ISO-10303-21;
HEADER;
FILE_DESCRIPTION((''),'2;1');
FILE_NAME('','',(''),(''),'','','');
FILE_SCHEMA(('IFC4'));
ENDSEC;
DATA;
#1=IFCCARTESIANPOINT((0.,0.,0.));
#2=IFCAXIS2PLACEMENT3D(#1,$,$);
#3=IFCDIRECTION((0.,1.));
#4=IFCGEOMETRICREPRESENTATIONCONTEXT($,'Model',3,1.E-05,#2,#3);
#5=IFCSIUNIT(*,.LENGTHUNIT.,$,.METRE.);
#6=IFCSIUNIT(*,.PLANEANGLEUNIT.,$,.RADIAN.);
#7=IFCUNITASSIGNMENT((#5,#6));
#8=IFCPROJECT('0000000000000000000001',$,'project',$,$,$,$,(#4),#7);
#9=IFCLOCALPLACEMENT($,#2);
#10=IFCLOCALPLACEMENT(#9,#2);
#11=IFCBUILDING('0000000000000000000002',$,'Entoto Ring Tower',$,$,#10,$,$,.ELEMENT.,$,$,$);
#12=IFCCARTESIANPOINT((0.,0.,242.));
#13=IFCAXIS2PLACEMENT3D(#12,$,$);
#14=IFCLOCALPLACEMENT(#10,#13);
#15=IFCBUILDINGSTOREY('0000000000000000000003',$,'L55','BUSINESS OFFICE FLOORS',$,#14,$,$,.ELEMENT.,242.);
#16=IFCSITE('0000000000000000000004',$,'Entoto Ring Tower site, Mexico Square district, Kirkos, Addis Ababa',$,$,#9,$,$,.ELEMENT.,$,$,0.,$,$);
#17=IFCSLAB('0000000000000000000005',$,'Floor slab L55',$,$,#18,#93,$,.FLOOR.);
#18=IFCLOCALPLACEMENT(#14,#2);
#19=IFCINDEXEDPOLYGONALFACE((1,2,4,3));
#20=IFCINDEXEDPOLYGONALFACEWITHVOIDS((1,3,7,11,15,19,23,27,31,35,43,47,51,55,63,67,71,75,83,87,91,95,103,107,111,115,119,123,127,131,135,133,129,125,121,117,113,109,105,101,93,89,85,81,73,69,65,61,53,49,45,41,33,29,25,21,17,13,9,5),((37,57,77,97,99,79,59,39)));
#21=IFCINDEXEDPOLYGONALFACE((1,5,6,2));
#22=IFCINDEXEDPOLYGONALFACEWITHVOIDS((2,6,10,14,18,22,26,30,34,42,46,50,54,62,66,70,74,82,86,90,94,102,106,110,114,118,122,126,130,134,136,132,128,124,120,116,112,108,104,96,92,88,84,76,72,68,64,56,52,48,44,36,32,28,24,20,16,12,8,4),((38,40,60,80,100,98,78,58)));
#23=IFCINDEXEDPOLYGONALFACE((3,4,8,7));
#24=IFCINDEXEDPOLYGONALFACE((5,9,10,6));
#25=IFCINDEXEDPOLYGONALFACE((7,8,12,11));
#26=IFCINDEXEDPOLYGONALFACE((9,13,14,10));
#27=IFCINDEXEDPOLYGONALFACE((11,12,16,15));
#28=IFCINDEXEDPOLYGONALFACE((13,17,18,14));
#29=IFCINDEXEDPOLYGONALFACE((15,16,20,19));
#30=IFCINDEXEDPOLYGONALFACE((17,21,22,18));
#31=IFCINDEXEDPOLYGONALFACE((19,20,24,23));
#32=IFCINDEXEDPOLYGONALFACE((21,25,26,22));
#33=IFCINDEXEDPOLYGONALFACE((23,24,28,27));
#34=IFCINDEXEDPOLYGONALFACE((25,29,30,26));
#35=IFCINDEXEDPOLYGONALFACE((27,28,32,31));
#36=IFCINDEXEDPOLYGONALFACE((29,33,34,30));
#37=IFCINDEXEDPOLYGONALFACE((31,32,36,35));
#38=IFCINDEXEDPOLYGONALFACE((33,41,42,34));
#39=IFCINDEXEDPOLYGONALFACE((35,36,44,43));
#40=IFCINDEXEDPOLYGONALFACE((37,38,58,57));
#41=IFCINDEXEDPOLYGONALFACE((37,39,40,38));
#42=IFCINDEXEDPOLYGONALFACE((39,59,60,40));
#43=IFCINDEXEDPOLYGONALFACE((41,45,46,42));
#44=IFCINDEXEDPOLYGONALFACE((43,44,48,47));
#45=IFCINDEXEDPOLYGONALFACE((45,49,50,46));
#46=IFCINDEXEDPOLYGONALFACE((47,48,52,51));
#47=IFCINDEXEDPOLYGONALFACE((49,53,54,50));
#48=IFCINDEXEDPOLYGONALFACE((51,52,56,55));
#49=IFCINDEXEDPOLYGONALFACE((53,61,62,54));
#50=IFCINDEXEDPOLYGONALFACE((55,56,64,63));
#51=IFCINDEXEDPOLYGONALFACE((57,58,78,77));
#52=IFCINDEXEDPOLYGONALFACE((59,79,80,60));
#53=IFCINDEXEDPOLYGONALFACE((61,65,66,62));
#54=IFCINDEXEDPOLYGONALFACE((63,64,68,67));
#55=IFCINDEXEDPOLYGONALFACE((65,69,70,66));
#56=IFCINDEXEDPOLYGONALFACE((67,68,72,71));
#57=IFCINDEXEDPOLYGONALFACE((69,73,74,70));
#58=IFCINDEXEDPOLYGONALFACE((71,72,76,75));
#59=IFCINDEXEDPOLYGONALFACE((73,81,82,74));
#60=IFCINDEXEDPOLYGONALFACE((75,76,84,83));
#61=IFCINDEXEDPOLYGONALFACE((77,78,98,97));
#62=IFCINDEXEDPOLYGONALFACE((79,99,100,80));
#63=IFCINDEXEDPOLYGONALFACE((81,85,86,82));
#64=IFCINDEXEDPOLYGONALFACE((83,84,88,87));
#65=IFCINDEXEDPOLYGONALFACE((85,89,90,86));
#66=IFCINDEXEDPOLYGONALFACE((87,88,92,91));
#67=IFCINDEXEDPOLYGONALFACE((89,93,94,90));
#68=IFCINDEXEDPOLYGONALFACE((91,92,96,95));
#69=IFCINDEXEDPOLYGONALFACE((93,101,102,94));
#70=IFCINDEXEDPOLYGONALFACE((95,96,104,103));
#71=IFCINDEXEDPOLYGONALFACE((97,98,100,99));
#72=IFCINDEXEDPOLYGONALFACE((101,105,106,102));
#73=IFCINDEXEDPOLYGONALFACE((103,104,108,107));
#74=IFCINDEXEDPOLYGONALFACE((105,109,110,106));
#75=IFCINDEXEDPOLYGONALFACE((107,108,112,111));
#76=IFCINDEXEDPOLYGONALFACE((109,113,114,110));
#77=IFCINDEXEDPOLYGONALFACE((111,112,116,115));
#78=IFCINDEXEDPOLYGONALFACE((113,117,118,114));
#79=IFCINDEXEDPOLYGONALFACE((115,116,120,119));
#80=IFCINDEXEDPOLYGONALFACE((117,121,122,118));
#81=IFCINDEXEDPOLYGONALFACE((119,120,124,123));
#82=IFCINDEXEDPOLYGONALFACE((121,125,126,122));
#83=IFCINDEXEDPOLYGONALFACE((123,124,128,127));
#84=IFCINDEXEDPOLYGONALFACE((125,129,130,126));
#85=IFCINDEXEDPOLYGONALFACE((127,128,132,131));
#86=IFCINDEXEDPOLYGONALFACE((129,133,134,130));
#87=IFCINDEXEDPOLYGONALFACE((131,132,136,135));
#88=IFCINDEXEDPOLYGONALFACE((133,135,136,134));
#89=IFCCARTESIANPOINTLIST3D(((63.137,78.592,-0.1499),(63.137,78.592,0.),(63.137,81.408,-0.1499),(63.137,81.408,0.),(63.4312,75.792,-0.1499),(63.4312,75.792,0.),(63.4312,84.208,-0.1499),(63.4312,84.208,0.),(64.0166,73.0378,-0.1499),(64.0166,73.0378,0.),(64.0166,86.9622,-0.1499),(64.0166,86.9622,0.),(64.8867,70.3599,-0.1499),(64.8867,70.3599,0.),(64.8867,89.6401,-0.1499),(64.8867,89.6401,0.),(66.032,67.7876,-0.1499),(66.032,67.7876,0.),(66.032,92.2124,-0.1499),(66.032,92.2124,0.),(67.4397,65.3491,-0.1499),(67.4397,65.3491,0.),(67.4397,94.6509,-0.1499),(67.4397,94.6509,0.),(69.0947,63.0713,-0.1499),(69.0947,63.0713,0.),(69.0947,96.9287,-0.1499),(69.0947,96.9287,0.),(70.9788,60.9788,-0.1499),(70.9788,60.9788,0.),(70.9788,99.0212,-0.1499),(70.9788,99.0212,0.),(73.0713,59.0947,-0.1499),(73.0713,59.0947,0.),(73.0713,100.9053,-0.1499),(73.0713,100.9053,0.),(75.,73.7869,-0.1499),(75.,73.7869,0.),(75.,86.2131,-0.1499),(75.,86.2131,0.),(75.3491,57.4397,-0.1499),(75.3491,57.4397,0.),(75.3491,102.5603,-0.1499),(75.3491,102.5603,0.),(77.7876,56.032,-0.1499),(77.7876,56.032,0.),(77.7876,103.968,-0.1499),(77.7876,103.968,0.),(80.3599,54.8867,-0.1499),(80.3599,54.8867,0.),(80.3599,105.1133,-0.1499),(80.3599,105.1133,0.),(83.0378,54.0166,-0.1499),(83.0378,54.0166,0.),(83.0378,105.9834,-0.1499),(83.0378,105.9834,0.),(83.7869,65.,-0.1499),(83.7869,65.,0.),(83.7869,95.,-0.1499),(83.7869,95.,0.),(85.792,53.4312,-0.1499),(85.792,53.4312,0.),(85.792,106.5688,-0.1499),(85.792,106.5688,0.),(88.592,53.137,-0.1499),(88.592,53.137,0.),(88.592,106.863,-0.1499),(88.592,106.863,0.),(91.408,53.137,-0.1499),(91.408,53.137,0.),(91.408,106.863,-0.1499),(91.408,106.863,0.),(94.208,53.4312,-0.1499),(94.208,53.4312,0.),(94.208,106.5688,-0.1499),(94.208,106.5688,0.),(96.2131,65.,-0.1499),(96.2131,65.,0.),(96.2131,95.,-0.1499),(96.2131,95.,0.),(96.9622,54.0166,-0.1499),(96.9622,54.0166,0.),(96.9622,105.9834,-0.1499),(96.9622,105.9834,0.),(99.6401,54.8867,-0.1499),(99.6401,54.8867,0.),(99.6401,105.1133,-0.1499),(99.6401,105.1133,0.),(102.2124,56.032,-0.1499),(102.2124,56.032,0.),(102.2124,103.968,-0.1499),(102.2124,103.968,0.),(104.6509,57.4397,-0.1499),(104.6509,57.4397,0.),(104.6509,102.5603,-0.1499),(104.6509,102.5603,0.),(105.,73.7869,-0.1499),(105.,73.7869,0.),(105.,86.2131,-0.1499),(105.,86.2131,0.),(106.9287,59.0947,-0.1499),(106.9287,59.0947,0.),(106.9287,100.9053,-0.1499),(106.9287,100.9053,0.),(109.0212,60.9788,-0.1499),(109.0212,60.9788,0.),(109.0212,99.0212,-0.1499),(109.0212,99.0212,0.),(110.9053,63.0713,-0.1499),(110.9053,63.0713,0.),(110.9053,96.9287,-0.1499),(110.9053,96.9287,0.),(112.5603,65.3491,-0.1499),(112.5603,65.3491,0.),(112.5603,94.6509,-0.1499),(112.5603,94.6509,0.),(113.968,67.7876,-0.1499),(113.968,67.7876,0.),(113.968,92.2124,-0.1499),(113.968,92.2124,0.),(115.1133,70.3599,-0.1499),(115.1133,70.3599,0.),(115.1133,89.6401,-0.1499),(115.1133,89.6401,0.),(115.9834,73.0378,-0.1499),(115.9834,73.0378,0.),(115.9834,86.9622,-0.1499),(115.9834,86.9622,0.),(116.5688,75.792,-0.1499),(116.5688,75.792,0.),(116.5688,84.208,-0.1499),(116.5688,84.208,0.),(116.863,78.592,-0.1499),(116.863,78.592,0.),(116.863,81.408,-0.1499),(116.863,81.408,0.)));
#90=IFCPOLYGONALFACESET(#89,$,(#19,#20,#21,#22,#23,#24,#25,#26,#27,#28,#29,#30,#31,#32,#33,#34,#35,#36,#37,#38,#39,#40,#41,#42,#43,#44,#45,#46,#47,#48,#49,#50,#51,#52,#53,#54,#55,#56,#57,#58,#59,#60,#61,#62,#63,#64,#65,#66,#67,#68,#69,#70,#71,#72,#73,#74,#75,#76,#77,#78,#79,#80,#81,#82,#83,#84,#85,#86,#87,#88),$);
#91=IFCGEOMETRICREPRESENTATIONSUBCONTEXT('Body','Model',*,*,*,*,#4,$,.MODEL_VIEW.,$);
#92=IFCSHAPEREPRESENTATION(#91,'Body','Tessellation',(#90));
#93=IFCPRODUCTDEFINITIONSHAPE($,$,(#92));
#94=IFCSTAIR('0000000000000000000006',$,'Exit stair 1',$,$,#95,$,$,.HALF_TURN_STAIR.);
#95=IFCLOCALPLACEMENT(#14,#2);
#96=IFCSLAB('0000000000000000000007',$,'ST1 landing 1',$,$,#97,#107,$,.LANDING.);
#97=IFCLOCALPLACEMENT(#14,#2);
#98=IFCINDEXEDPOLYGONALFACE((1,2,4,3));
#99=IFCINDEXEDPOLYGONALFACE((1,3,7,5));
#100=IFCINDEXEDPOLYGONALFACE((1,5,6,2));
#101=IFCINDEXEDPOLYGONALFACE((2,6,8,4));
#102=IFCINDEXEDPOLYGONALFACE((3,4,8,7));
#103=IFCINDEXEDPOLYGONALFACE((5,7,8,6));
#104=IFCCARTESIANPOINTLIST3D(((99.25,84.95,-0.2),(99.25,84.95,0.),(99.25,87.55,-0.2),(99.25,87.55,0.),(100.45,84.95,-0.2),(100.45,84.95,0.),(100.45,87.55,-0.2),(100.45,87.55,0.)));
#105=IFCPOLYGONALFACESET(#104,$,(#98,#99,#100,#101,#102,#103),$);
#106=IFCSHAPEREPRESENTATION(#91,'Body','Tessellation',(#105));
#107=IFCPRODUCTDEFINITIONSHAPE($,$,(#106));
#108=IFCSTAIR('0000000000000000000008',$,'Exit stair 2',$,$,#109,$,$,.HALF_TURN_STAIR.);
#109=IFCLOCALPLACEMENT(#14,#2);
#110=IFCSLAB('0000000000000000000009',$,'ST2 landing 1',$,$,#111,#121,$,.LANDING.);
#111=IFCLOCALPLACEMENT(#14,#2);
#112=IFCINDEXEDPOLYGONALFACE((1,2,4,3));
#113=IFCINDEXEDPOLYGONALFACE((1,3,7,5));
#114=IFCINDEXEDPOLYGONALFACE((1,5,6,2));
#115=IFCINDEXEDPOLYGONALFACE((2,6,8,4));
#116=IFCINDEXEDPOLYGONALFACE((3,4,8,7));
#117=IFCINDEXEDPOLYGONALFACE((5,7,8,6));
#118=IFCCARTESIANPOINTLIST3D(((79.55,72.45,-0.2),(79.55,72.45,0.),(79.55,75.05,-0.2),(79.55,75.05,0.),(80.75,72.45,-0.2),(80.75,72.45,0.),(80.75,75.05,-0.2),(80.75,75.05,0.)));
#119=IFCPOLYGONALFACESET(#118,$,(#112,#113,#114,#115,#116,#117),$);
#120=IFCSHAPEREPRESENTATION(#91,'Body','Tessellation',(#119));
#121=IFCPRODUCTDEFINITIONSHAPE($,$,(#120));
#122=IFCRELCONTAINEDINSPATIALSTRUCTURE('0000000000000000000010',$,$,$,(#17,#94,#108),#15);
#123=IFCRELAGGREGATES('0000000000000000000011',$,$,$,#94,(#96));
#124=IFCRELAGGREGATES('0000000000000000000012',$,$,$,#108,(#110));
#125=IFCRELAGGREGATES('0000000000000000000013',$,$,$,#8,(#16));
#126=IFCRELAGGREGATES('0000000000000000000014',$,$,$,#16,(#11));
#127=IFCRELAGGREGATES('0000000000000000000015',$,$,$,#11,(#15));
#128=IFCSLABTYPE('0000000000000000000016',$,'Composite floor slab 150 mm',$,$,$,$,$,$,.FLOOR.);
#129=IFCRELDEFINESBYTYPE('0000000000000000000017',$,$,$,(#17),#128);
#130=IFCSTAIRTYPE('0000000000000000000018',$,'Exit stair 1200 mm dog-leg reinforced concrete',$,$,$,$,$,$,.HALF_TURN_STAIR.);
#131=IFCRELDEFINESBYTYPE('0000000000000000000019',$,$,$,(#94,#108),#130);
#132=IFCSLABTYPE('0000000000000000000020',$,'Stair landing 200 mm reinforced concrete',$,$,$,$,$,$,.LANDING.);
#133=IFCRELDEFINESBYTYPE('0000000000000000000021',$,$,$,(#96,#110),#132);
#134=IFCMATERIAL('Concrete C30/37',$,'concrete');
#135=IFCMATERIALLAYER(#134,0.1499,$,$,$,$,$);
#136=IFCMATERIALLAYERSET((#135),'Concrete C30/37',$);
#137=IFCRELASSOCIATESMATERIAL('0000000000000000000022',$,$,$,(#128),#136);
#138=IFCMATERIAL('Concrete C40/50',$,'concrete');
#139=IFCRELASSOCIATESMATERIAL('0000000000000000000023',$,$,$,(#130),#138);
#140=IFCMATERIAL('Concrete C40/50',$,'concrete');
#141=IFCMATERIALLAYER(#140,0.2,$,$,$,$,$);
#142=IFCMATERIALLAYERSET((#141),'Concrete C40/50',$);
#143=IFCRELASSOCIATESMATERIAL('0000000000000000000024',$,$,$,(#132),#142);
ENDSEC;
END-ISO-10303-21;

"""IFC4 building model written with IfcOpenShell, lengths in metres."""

from ifc_helpers import new_model, si_unit, direction, frame, origin, place, context, subcontext, project, spatial, polyline, outline, extrude, material, layer, layer_set, type_object, element, aggregate, save


model = new_model("IFC4")

# Units and contexts
model_context = context("Model", 3, precision=1e-05, world=origin(), true_north=direction((0.0, 1.0)))
body_context = subcontext(model_context, "Body", "Model", "MODEL_VIEW")
ifc_project = project(units=[si_unit("LENGTHUNIT", "METRE"), si_unit("PLANEANGLEUNIT", "RADIAN")], contexts=[model_context])

# Site, building, storey
site_placement = place(None, origin())
building_placement = place(site_placement, origin())
storey_placement = place(building_placement, frame((0.0, 0.0, 242.0)))
site = spatial("IfcSite", under=ifc_project, at=site_placement, Name="Entoto Ring Tower site, Mexico Square district, Kirkos, Addis Ababa", CompositionType="ELEMENT", RefElevation=0.0)
building = spatial("IfcBuilding", under=site, at=building_placement, Name="Entoto Ring Tower", CompositionType="ELEMENT")
storey = spatial("IfcBuildingStorey", under=building, at=storey_placement, Name="L55", Description="BUSINESS OFFICE FLOORS", CompositionType="ELEMENT", Elevation=242.0)

# Slab
ifc_material_1 = material(Name="Concrete C30/37", Category="concrete")
ifc_layer_1 = layer(ifc_material_1, 0.1499)
ifc_layer_set_1 = layer_set([ifc_layer_1], Name="Concrete C30/37")
slab_type_1 = type_object("IfcSlabType", Name="Composite floor slab 150 mm", PredefinedType="FLOOR", material=ifc_layer_set_1)
slab_1_placement = place(storey_placement, frame((0.0, 0.0, -0.1499)))
element("IfcSlab", 1, at=slab_1_placement, inside=storey, type_object=slab_type_1, Name="Floor slab L55", PredefinedType="FLOOR", context=body_context, shape_type="SweptSolid", body=[
    extrude(outline(polyline([(116.5688, 84.208), (115.9834, 86.9622), (115.1133, 89.6401), (113.968, 92.2124), (112.5603, 94.6509), (110.9053, 96.9287), (109.0212, 99.0212), (106.9287, 100.9053), (104.6509, 102.5603), (102.2124, 103.968), (99.6401, 105.1133), (96.9622, 105.9834), (94.208, 106.5688), (91.408, 106.863), (88.592, 106.863), (85.792, 106.5688), (83.0378, 105.9834), (80.3599, 105.1133), (77.7876, 103.968), (75.3491, 102.5603), (73.0713, 100.9053), (70.9788, 99.0212), (69.0947, 96.9287), (67.4397, 94.6509), (66.032, 92.2124), (64.8867, 89.6401), (64.0166, 86.9622), (63.4312, 84.208), (63.137, 81.408), (63.137, 78.592), (63.4312, 75.792), (64.0166, 73.0378), (64.8867, 70.3599), (66.032, 67.7876), (67.4397, 65.3491), (69.0947, 63.0713), (70.9788, 60.9788), (73.0713, 59.0947), (75.3491, 57.4397), (77.7876, 56.032), (80.3599, 54.8867), (83.0378, 54.0166), (85.792, 53.4312), (88.592, 53.137), (91.408, 53.137), (94.208, 53.4312), (96.9622, 54.0166), (99.6401, 54.8867), (102.2124, 56.032), (104.6509, 57.4397), (106.9287, 59.0947), (109.0212, 60.9788), (110.9053, 63.0713), (112.5603, 65.3491), (113.968, 67.7876), (115.1133, 70.3599), (115.9834, 73.0378), (116.5688, 75.792), (116.863, 78.592), (116.863, 81.408), (116.5688, 84.208)]), holes=[polyline([(105.0, 73.7869), (105.0, 86.2131), (96.2131, 95.0), (83.7869, 95.0), (75.0, 86.2131), (75.0, 73.7869), (83.7869, 65.0), (96.2131, 65.0), (105.0, 73.7869)])]), origin(), (0.0, 0.0, 1.0), 0.1499),
])

# Stairs, slabs
ifc_material_2 = material(Name="Concrete C40/50", Category="concrete")
stair_type = type_object("IfcStairType", Name="Exit stair 1200 mm dog-leg reinforced concrete", PredefinedType="HALF_TURN_STAIR", material=ifc_material_2)
stair_1_placement = place(storey_placement, origin())
stair_1 = element("IfcStair", 2, at=stair_1_placement, inside=storey, type_object=stair_type, Name="Exit stair 1", PredefinedType="HALF_TURN_STAIR")
ifc_material_3 = material(Name="Concrete C40/50", Category="concrete")
ifc_layer_2 = layer(ifc_material_3, 0.2)
ifc_layer_set_2 = layer_set([ifc_layer_2], Name="Concrete C40/50")
slab_type_2 = type_object("IfcSlabType", Name="Stair landing 200 mm reinforced concrete", PredefinedType="LANDING", material=ifc_layer_set_2)
slab_2_placement = place(storey_placement, frame((0.0, 0.0, -0.2)))
slab_2 = element("IfcSlab", 3, at=slab_2_placement, type_object=slab_type_2, Name="ST1 landing 1", PredefinedType="LANDING", context=body_context, shape_type="SweptSolid", body=[
    extrude(outline(polyline([(100.45, 84.95), (100.45, 87.55), (99.25, 87.55), (99.25, 84.95), (100.45, 84.95)])), origin(), (0.0, 0.0, 1.0), 0.2),
])
aggregate(stair_1, [slab_2])
stair_2_placement = place(storey_placement, origin())
stair_2 = element("IfcStair", 4, at=stair_2_placement, inside=storey, type_object=stair_type, Name="Exit stair 2", PredefinedType="HALF_TURN_STAIR")
slab_3_placement = place(storey_placement, frame((0.0, 0.0, -0.2)))
slab_3 = element("IfcSlab", 5, at=slab_3_placement, type_object=slab_type_2, Name="ST2 landing 1", PredefinedType="LANDING", context=body_context, shape_type="SweptSolid", body=[
    extrude(outline(polyline([(80.75, 72.45), (80.75, 75.05), (79.55, 75.05), (79.55, 72.45), (80.75, 72.45)])), origin(), (0.0, 0.0, 1.0), 0.2),
])
aggregate(stair_2, [slab_3])

save(model, "model.ifc")
